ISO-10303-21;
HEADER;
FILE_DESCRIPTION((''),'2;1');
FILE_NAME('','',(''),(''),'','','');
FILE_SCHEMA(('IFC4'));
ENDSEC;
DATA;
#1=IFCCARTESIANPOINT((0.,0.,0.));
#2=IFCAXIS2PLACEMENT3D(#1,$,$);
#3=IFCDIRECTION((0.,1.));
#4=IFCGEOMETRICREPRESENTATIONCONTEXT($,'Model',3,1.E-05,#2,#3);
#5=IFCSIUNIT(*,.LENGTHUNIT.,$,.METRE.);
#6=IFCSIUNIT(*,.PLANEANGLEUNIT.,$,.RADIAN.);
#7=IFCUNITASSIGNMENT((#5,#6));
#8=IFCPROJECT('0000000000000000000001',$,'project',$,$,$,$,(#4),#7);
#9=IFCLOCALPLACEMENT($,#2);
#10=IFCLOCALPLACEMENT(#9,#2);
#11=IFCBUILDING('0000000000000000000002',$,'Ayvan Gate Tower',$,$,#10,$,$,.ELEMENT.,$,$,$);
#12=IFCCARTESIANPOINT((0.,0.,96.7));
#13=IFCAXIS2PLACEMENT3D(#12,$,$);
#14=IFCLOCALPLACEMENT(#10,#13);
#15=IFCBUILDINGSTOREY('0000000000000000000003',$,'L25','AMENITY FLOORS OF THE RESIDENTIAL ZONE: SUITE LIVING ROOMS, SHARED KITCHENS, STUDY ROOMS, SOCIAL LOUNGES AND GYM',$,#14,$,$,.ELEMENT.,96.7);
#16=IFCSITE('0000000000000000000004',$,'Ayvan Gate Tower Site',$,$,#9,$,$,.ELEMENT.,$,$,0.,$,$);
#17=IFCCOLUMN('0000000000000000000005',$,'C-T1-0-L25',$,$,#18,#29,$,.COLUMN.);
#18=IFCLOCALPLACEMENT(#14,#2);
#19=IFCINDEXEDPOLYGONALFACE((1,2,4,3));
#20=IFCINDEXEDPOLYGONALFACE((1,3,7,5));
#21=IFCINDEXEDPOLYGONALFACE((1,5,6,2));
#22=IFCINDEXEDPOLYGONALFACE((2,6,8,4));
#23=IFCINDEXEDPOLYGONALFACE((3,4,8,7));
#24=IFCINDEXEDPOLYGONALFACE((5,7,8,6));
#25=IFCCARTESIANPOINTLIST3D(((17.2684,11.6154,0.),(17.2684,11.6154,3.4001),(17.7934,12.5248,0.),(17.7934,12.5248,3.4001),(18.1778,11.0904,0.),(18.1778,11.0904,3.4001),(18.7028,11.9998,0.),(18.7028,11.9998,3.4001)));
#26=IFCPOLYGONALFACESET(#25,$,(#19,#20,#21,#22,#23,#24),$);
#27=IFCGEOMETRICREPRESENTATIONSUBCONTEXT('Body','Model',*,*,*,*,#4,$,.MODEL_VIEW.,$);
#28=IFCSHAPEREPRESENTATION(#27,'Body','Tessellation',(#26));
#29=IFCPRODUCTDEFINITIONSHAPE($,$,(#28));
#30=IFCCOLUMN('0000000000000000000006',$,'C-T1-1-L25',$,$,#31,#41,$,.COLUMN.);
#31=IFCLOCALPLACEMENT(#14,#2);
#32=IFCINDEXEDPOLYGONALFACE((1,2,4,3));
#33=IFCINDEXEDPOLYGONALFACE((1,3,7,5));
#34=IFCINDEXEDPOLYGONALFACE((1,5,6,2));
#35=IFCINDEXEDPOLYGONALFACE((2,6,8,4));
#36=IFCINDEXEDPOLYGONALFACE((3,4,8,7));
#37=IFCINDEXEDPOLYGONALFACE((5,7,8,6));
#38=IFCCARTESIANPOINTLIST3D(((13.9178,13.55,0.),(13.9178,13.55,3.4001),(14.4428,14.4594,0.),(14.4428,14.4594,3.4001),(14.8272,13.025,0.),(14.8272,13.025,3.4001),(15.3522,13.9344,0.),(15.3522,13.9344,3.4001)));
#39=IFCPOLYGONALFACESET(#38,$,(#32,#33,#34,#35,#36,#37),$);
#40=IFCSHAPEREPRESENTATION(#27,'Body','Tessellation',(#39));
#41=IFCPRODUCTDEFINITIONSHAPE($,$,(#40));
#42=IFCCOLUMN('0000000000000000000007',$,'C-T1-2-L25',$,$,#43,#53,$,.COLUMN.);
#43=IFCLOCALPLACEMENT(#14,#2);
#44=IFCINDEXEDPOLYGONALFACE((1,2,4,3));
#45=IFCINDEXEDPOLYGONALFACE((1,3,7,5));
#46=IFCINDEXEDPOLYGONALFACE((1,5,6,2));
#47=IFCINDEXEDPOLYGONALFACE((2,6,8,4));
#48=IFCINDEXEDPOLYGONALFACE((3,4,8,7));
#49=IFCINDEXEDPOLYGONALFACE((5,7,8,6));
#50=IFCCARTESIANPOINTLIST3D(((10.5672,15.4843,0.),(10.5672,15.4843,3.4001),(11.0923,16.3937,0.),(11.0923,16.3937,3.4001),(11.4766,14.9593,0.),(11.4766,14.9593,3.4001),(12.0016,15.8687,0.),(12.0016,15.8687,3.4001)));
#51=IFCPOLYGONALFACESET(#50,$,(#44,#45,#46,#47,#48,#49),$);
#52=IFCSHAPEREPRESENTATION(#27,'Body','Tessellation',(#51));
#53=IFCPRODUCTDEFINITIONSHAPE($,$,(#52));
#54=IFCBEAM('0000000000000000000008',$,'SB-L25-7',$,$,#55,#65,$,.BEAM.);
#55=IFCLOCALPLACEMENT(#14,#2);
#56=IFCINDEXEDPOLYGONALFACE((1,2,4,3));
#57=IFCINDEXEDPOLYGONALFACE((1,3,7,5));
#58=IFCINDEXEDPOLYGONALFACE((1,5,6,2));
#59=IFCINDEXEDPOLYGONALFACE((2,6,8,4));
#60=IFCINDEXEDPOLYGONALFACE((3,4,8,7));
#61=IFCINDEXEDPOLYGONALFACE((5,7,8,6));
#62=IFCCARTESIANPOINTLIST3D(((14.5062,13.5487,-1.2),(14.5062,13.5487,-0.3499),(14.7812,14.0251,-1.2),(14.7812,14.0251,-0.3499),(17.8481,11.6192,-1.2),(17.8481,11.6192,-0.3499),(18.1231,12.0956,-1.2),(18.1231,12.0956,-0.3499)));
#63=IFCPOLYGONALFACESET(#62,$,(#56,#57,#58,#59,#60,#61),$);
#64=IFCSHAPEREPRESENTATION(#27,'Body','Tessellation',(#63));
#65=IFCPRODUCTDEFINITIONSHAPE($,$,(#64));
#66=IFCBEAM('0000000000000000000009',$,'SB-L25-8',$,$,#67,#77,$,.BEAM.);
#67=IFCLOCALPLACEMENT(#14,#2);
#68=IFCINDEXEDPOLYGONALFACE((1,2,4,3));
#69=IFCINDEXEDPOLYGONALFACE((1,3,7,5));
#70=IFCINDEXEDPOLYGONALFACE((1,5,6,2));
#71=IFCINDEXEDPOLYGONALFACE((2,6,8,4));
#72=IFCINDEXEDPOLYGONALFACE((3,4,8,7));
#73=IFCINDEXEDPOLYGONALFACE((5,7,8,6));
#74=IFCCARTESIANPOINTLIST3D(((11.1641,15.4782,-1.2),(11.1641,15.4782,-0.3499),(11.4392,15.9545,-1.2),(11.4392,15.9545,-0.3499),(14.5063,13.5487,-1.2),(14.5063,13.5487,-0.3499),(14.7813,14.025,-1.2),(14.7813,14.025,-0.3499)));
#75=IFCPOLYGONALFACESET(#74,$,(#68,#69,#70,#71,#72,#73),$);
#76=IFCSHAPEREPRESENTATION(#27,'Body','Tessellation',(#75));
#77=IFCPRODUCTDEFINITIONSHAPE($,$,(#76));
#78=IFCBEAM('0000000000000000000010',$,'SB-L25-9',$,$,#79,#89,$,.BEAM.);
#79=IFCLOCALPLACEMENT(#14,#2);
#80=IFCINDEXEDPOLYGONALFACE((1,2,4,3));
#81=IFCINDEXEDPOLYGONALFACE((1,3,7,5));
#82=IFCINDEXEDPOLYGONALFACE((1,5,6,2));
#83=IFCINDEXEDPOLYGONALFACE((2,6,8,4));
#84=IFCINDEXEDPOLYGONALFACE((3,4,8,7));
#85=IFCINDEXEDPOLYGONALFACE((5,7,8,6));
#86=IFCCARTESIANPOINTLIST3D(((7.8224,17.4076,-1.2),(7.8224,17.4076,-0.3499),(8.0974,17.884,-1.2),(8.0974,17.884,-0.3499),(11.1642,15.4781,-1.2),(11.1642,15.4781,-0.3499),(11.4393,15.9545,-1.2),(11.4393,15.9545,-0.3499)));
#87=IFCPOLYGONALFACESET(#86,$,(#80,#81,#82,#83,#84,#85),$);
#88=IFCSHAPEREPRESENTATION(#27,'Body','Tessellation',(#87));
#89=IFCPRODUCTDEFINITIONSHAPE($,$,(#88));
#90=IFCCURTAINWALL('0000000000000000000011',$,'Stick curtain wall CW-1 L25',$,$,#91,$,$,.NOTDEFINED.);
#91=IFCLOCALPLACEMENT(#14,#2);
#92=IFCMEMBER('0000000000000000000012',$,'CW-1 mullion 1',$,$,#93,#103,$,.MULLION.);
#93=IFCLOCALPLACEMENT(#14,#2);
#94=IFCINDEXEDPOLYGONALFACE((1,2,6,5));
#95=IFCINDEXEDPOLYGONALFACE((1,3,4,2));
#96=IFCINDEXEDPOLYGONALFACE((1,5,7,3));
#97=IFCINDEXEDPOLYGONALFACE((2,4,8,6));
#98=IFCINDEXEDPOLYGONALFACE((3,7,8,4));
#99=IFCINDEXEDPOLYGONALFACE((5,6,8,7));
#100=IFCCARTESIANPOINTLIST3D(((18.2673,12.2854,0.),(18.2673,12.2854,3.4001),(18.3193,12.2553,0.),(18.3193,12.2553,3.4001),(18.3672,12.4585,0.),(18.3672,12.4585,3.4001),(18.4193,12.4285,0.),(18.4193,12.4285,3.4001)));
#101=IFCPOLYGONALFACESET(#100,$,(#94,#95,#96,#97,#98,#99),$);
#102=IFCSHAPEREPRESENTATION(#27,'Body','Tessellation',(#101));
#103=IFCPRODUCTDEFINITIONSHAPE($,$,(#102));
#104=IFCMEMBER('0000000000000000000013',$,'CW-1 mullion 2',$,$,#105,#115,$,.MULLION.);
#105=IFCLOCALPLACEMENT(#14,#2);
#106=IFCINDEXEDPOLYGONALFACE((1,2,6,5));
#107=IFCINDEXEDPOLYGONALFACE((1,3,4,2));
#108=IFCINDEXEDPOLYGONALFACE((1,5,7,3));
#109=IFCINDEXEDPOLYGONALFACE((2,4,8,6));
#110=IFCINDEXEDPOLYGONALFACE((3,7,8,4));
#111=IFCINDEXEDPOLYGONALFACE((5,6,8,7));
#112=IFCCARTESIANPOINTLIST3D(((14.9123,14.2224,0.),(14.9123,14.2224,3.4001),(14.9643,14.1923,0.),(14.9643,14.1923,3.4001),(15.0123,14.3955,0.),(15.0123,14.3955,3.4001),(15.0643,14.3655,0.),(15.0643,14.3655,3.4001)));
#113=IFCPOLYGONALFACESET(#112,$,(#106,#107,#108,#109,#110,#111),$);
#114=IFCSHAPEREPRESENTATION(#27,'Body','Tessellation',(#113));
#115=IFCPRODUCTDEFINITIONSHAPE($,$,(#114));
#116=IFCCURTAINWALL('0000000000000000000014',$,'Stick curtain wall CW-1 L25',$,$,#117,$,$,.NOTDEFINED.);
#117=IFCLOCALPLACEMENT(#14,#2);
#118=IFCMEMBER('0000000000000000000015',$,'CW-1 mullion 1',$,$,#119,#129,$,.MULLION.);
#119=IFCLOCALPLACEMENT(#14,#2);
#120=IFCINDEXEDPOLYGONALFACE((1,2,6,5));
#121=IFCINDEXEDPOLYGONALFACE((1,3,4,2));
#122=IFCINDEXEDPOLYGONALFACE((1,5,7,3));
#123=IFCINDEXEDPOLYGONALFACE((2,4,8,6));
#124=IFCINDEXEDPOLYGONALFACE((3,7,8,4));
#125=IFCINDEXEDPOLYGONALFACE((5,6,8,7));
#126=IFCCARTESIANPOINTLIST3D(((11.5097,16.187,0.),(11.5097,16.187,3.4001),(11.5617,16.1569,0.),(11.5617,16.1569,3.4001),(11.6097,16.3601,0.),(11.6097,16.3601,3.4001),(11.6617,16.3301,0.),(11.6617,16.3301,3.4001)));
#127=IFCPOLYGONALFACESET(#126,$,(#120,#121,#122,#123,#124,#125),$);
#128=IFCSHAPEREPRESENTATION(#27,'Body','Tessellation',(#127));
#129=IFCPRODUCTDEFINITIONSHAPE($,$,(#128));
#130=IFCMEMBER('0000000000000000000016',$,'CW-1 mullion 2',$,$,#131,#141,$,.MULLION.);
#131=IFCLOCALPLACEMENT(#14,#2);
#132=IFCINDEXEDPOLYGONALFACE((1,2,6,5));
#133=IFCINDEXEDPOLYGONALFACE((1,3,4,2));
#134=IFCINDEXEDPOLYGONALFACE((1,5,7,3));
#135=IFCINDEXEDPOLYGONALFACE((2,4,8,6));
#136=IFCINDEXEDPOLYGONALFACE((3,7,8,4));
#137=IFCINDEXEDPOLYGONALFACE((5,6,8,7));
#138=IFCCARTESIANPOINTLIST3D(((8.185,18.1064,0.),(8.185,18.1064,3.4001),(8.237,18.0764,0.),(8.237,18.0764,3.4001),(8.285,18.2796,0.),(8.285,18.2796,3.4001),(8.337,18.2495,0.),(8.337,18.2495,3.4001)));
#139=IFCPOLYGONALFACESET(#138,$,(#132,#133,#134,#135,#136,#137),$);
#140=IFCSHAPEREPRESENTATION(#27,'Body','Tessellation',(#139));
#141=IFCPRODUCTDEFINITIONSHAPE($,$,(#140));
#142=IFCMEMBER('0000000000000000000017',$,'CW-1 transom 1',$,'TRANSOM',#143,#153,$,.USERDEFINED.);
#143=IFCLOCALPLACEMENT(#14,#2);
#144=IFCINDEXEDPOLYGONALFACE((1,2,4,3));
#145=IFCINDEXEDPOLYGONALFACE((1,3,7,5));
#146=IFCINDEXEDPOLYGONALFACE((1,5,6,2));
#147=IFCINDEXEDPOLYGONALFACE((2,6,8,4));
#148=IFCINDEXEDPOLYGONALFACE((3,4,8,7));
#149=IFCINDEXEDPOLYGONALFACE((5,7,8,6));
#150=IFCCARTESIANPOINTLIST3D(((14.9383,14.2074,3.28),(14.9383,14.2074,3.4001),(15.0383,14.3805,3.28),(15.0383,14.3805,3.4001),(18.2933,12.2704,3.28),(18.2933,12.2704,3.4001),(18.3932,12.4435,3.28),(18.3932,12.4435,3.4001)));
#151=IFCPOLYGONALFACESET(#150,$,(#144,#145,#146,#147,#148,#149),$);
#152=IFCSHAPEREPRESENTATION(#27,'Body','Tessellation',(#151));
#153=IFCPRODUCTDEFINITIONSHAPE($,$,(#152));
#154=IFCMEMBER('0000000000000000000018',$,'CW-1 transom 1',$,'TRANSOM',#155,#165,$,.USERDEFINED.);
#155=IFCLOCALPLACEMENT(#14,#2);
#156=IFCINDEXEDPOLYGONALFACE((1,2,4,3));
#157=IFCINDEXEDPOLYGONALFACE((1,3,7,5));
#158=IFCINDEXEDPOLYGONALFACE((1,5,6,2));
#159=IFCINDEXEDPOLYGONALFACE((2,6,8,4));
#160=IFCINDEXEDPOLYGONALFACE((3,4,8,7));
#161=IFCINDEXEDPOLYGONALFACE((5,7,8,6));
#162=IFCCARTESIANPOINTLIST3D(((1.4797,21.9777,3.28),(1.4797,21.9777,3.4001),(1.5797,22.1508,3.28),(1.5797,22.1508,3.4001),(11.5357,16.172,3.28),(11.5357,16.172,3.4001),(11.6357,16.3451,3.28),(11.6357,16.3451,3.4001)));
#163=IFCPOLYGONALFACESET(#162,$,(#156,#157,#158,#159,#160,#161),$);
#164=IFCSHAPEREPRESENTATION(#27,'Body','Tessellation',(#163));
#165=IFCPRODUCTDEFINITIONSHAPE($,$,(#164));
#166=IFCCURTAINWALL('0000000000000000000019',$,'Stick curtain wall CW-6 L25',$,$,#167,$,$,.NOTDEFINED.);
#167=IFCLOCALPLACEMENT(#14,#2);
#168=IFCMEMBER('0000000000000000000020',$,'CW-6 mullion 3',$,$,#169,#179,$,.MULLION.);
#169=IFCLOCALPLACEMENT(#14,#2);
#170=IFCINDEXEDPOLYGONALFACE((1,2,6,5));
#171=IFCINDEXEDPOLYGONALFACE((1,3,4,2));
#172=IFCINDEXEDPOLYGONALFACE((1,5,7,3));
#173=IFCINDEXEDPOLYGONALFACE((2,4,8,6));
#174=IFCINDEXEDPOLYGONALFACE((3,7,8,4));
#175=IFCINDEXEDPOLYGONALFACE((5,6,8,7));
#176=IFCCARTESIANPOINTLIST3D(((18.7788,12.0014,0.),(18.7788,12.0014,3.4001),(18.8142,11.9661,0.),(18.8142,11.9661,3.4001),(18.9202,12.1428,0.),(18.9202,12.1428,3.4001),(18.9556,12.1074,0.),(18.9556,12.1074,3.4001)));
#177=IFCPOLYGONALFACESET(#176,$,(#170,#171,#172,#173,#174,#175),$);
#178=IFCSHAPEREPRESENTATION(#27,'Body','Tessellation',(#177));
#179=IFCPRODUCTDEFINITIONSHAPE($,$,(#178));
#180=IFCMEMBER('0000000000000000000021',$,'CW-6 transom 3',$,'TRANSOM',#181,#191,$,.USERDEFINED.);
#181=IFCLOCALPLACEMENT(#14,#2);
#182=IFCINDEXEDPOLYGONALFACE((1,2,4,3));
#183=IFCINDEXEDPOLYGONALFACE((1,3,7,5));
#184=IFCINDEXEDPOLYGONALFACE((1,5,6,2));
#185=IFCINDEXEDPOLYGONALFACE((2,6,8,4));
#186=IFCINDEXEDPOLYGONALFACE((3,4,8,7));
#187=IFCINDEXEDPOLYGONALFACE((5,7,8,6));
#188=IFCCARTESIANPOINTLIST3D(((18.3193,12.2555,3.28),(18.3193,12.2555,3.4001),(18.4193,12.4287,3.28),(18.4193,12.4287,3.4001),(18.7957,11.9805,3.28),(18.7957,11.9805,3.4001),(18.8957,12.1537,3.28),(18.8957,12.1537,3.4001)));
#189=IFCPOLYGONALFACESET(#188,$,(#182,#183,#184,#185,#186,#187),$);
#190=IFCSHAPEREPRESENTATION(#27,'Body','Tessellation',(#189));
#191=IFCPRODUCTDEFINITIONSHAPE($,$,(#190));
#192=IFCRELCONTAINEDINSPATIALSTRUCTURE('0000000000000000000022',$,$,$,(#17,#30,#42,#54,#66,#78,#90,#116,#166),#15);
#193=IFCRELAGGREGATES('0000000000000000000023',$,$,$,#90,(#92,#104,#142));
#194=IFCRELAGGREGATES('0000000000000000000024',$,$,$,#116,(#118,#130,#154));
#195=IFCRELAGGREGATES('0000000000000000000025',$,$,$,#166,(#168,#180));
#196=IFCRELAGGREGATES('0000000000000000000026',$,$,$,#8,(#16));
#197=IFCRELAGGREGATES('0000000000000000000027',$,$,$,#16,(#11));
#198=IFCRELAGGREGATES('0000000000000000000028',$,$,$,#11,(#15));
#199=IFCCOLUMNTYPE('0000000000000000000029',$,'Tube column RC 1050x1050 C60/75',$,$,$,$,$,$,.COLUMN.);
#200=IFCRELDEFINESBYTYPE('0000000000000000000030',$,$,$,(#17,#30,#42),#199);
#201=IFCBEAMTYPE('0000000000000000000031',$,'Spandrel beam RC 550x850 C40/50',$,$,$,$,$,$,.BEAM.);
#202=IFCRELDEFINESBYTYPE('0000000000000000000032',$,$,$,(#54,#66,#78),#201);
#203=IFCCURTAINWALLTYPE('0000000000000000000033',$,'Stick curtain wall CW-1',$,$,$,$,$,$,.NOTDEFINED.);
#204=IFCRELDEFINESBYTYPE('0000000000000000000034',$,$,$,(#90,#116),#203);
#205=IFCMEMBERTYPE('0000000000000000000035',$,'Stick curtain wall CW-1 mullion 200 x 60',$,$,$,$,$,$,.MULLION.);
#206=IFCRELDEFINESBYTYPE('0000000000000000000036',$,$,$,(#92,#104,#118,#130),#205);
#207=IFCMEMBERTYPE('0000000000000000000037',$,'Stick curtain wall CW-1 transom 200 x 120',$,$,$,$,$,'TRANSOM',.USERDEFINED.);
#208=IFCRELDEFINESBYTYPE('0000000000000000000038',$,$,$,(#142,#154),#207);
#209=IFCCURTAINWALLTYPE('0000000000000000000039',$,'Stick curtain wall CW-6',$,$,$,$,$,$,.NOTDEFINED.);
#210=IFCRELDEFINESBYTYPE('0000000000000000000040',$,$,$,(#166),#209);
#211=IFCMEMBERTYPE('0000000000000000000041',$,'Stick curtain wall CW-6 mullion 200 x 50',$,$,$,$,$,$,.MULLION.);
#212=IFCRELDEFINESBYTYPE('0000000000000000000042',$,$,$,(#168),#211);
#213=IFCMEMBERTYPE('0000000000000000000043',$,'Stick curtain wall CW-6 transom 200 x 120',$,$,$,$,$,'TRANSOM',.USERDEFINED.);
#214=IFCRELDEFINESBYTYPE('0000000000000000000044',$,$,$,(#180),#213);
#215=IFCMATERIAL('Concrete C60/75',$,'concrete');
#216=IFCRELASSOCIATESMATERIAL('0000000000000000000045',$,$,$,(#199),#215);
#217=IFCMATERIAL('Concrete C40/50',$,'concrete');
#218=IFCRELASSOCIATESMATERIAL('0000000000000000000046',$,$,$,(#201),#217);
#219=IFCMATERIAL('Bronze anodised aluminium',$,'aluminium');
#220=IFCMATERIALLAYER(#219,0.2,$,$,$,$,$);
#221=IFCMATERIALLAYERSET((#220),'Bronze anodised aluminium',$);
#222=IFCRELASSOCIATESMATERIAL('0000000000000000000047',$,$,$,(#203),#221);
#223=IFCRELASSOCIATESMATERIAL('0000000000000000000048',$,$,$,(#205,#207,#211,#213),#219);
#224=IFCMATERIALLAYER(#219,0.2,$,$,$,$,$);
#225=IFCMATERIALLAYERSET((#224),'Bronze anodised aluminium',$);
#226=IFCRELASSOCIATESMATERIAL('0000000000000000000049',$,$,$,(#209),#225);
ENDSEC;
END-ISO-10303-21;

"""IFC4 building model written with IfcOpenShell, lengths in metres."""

from ifc_helpers import new_model, si_unit, direction, frame, origin, origin_2d, place, context, subcontext, project, spatial, rectangle, extrude, material, layer, layer_set, material_profile, profile_set, type_object, element, aggregate, save


model = new_model("IFC4")

# Units and contexts
model_context = context("Model", 3, precision=1e-05, world=origin(), true_north=direction((0.0, 1.0)))
body_context = subcontext(model_context, "Body", "Model", "MODEL_VIEW")
ifc_project = project(units=[si_unit("LENGTHUNIT", "METRE"), si_unit("PLANEANGLEUNIT", "RADIAN")], contexts=[model_context])

# Site, building, storey
site_placement = place(None, origin())
site = spatial("IfcSite", under=ifc_project, at=site_placement, Name="Ayvan Gate Tower Site", CompositionType="ELEMENT", RefElevation=0.0)
building_placement = place(site_placement, origin())
building = spatial("IfcBuilding", under=site, at=building_placement, Name="Ayvan Gate Tower", CompositionType="ELEMENT")
storey_placement = place(building_placement, frame((0.0, 0.0, 96.7)))
storey = spatial("IfcBuildingStorey", under=building, at=storey_placement, Name="L25", Description="AMENITY FLOORS OF THE RESIDENTIAL ZONE: SUITE LIVING ROOMS, SHARED KITCHENS, STUDY ROOMS, SOCIAL LOUNGES AND GYM", CompositionType="ELEMENT", Elevation=96.7)

# Columns
ifc_material_1 = material(Name="Concrete C60/75", Category="concrete")
ifc_material_profile_1 = material_profile(ifc_material_1, rectangle(XDim=1.05, YDim=1.05, at=origin_2d()), Name="RC 1050x1050")
ifc_profile_set_1 = profile_set([ifc_material_profile_1], Name="Concrete C60/75")
column_type = type_object("IfcColumnType", Name="Tube column RC 1050x1050 C60/75", PredefinedType="COLUMN", material=ifc_profile_set_1)
for number, where, z_axis, x_axis, name in (
    (1, (17.9856, 11.8076, 0.0), (0.0, 0.0, 1.0), (0.5, 0.866025, 0.0), "C-T1-0-L25"),
    (2, (14.635, 13.7422, 0.0), (0.0, 0.0, 1.0), (0.5, 0.866025, 0.0), "C-T1-1-L25"),
    (3, (11.2844, 15.6765, 0.0), (0.0, 0.0, 1.0), (0.5, 0.866025, 0.0), "C-T1-2-L25"),
):
    element("IfcColumn", number, at=place(storey_placement, frame(where, z_axis=z_axis, x_axis=x_axis)), inside=storey, type_object=column_type, Name=name, PredefinedType="COLUMN", context=body_context, shape_type="SweptSolid", body=[
        extrude(rectangle(XDim=1.05, YDim=1.05, at=origin_2d()), origin(), (0.0, 0.0, 1.0), 3.4001),
    ])

# Beams
ifc_material_2 = material(Name="Concrete C40/50", Category="concrete")
ifc_material_profile_2 = material_profile(ifc_material_2, rectangle(XDim=0.55, YDim=0.8501, at=origin_2d()), Name="RC 550x850")
ifc_profile_set_2 = profile_set([ifc_material_profile_2], Name="Concrete C40/50")
beam_type = type_object("IfcBeamType", Name="Spandrel beam RC 550x850 C40/50", PredefinedType="BEAM", material=ifc_profile_set_2)
beam_1_placement = place(storey_placement, frame((17.9856, 11.8574, -0.7749), z_axis=(-0.866019, 0.500011, 0.0), x_axis=(-0.500011, -0.866019, 0.0)))
element("IfcBeam", 4, at=beam_1_placement, inside=storey, type_object=beam_type, Name="SB-L25-7", PredefinedType="BEAM", context=body_context, shape_type="SweptSolid", body=[
    extrude(rectangle(XDim=0.55, YDim=0.8501, at=origin_2d()), origin(), (0.0, 0.0, 1.0), 3.8589),
])
beam_2_placement = place(storey_placement, frame((14.6438, 13.7869, -0.7749), z_axis=(-0.866035, 0.499983, 0.0), x_axis=(-0.499983, -0.866035, 0.0)))
element("IfcBeam", 5, at=beam_2_placement, inside=storey, type_object=beam_type, Name="SB-L25-8", PredefinedType="BEAM", context=body_context, shape_type="SweptSolid", body=[
    extrude(rectangle(XDim=0.55, YDim=0.8501, at=origin_2d()), origin(), (0.0, 0.0, 1.0), 3.8591),
])
beam_3_placement = place(storey_placement, frame((11.3018, 15.7163, -0.7749), z_axis=(-0.866019, 0.500011, 0.0), x_axis=(-0.500011, -0.866019, 0.0)))
element("IfcBeam", 6, at=beam_3_placement, inside=storey, type_object=beam_type, Name="SB-L25-9", PredefinedType="BEAM", context=body_context, shape_type="SweptSolid", body=[
    extrude(rectangle(XDim=0.55, YDim=0.8501, at=origin_2d()), origin(), (0.0, 0.0, 1.0), 3.8589),
])

# Curtain walls, members
ifc_material_3 = material(Name="Bronze anodised aluminium", Category="aluminium")
ifc_layer_1 = layer(ifc_material_3, 0.2)
ifc_layer_set_1 = layer_set([ifc_layer_1], Name="Bronze anodised aluminium")
curtain_wall_type_1 = type_object("IfcCurtainWallType", Name="Stick curtain wall CW-1", PredefinedType="NOTDEFINED", material=ifc_layer_set_1)
curtain_wall_1_placement = place(storey_placement, origin())
curtain_wall_1 = element("IfcCurtainWall", 7, at=curtain_wall_1_placement, inside=storey, type_object=curtain_wall_type_1, Name="Stick curtain wall CW-1 L25", PredefinedType="NOTDEFINED")
ifc_material_profile_3 = material_profile(ifc_material_3, rectangle(XDim=0.2, YDim=0.0601, at=origin_2d()), Name="Stick curtain wall CW-1 mullion 200 x 60")
ifc_profile_set_3 = profile_set([ifc_material_profile_3], Name="Bronze anodised aluminium")
member_type_1 = type_object("IfcMemberType", Name="Stick curtain wall CW-1 mullion 200 x 60", PredefinedType="MULLION", material=ifc_profile_set_3)
member_1_placement = place(storey_placement, frame((18.3433, 12.3569, 0.0), z_axis=(0.0, 0.0, 1.0), x_axis=(0.5, 0.866025, 0.0)))
member_1 = element("IfcMember", 8, at=member_1_placement, type_object=member_type_1, Name="CW-1 mullion 1", PredefinedType="MULLION", context=body_context, shape_type="SweptSolid", body=[
    extrude(rectangle(XDim=0.2, YDim=0.0601, at=origin_2d()), origin(), (0.0, 0.0, 1.0), 3.4001),
])
member_2_placement = place(storey_placement, frame((14.9883, 14.2939, 0.0), z_axis=(0.0, 0.0, 1.0), x_axis=(0.5, 0.866025, 0.0)))
member_2 = element("IfcMember", 9, at=member_2_placement, type_object=member_type_1, Name="CW-1 mullion 2", PredefinedType="MULLION", context=body_context, shape_type="SweptSolid", body=[
    extrude(rectangle(XDim=0.2, YDim=0.0601, at=origin_2d()), origin(), (0.0, 0.0, 1.0), 3.4001),
])
curtain_wall_2_placement = place(storey_placement, origin())
curtain_wall_2 = element("IfcCurtainWall", 10, at=curtain_wall_2_placement, inside=storey, type_object=curtain_wall_type_1, Name="Stick curtain wall CW-1 L25", PredefinedType="NOTDEFINED")
member_3_placement = place(storey_placement, frame((11.5857, 16.2585, 0.0), z_axis=(0.0, 0.0, 1.0), x_axis=(0.5, 0.866025, 0.0)))
member_3 = element("IfcMember", 11, at=member_3_placement, type_object=member_type_1, Name="CW-1 mullion 1", PredefinedType="MULLION", context=body_context, shape_type="SweptSolid", body=[
    extrude(rectangle(XDim=0.2, YDim=0.0601, at=origin_2d()), origin(), (0.0, 0.0, 1.0), 3.4001),
])
member_4_placement = place(storey_placement, frame((8.261, 18.178, 0.0), z_axis=(0.0, 0.0, 1.0), x_axis=(0.5, 0.866025, 0.0)))
member_4 = element("IfcMember", 12, at=member_4_placement, type_object=member_type_1, Name="CW-1 mullion 2", PredefinedType="MULLION", context=body_context, shape_type="SweptSolid", body=[
    extrude(rectangle(XDim=0.2, YDim=0.0601, at=origin_2d()), origin(), (0.0, 0.0, 1.0), 3.4001),
])

# Members
ifc_material_profile_4 = material_profile(ifc_material_3, rectangle(XDim=0.2, YDim=0.1201, at=origin_2d()), Name="Stick curtain wall CW-1 transom 200 x 120")
ifc_profile_set_4 = profile_set([ifc_material_profile_4], Name="Bronze anodised aluminium")
member_type_2 = type_object("IfcMemberType", Name="Stick curtain wall CW-1 transom 200 x 120", ElementType="TRANSOM", PredefinedType="USERDEFINED", material=ifc_profile_set_4)
member_5_placement = place(storey_placement, frame((18.3433, 12.3569, 3.3401), z_axis=(-0.866024, 0.500002, 0.0), x_axis=(-0.500002, -0.866024, 0.0)))
member_5 = element("IfcMember", 13, at=member_5_placement, type_object=member_type_2, Name="CW-1 transom 1", ObjectType="TRANSOM", PredefinedType="USERDEFINED", context=body_context, shape_type="SweptSolid", body=[
    extrude(rectangle(XDim=0.2, YDim=0.1201, at=origin_2d()), origin(), (0.0, 0.0, 1.0), 3.874),
])
member_6_placement = place(storey_placement, frame((11.5857, 16.2585, 3.3401), z_axis=(-0.86603, 0.499992, 0.0), x_axis=(-0.499992, -0.86603, 0.0)))
member_6 = element("IfcMember", 14, at=member_6_placement, type_object=member_type_2, Name="CW-1 transom 1", ObjectType="TRANSOM", PredefinedType="USERDEFINED", context=body_context, shape_type="SweptSolid", body=[
    extrude(rectangle(XDim=0.2, YDim=0.1201, at=origin_2d()), origin(), (0.0, 0.0, 1.0), 11.6116),
])

# Curtain wall, members
ifc_layer_2 = layer(ifc_material_3, 0.2)
ifc_layer_set_2 = layer_set([ifc_layer_2], Name="Bronze anodised aluminium")
curtain_wall_type_2 = type_object("IfcCurtainWallType", Name="Stick curtain wall CW-6", PredefinedType="NOTDEFINED", material=ifc_layer_set_2)
curtain_wall_3_placement = place(storey_placement, origin())
curtain_wall_3 = element("IfcCurtainWall", 15, at=curtain_wall_3_placement, inside=storey, type_object=curtain_wall_type_2, Name="Stick curtain wall CW-6 L25", PredefinedType="NOTDEFINED")
ifc_material_profile_5 = material_profile(ifc_material_3, rectangle(XDim=0.2, YDim=0.05, at=origin_2d()), Name="Stick curtain wall CW-6 mullion 200 x 50")
ifc_profile_set_5 = profile_set([ifc_material_profile_5], Name="Bronze anodised aluminium")
member_type_3 = type_object("IfcMemberType", Name="Stick curtain wall CW-6 mullion 200 x 50", PredefinedType="MULLION", material=ifc_profile_set_5)
member_7_placement = place(storey_placement, frame((18.8672, 12.0544, 0.0), z_axis=(0.0, 0.0, 1.0), x_axis=(0.707107, 0.707107, 0.0)))
member_7 = element("IfcMember", 16, at=member_7_placement, type_object=member_type_3, Name="CW-6 mullion 3", PredefinedType="MULLION", context=body_context, shape_type="SweptSolid", body=[
    extrude(rectangle(XDim=0.2, YDim=0.05, at=origin_2d()), origin(), (0.0, 0.0, 1.0), 3.4001),
])
ifc_material_profile_6 = material_profile(ifc_material_3, rectangle(XDim=0.2, YDim=0.1201, at=origin_2d()), Name="Stick curtain wall CW-6 transom 200 x 120")
ifc_profile_set_6 = profile_set([ifc_material_profile_6], Name="Bronze anodised aluminium")
member_type_4 = type_object("IfcMemberType", Name="Stick curtain wall CW-6 transom 200 x 120", ElementType="TRANSOM", PredefinedType="USERDEFINED", material=ifc_profile_set_6)
member_8_placement = place(storey_placement, frame((18.8457, 12.0671, 3.3401), z_axis=(-0.866104, 0.499863, 0.0), x_axis=(-0.499863, -0.866104, 0.0)))
member_8 = element("IfcMember", 17, at=member_8_placement, type_object=member_type_4, Name="CW-6 transom 3", ObjectType="TRANSOM", PredefinedType="USERDEFINED", context=body_context, shape_type="SweptSolid", body=[
    extrude(rectangle(XDim=0.2, YDim=0.1201, at=origin_2d()), origin(), (0.0, 0.0, 1.0), 0.55),
])

aggregate(curtain_wall_1, [member_1, member_2, member_5])
aggregate(curtain_wall_2, [member_3, member_4, member_6])
aggregate(curtain_wall_3, [member_7, member_8])

save(model, "model.ifc")
